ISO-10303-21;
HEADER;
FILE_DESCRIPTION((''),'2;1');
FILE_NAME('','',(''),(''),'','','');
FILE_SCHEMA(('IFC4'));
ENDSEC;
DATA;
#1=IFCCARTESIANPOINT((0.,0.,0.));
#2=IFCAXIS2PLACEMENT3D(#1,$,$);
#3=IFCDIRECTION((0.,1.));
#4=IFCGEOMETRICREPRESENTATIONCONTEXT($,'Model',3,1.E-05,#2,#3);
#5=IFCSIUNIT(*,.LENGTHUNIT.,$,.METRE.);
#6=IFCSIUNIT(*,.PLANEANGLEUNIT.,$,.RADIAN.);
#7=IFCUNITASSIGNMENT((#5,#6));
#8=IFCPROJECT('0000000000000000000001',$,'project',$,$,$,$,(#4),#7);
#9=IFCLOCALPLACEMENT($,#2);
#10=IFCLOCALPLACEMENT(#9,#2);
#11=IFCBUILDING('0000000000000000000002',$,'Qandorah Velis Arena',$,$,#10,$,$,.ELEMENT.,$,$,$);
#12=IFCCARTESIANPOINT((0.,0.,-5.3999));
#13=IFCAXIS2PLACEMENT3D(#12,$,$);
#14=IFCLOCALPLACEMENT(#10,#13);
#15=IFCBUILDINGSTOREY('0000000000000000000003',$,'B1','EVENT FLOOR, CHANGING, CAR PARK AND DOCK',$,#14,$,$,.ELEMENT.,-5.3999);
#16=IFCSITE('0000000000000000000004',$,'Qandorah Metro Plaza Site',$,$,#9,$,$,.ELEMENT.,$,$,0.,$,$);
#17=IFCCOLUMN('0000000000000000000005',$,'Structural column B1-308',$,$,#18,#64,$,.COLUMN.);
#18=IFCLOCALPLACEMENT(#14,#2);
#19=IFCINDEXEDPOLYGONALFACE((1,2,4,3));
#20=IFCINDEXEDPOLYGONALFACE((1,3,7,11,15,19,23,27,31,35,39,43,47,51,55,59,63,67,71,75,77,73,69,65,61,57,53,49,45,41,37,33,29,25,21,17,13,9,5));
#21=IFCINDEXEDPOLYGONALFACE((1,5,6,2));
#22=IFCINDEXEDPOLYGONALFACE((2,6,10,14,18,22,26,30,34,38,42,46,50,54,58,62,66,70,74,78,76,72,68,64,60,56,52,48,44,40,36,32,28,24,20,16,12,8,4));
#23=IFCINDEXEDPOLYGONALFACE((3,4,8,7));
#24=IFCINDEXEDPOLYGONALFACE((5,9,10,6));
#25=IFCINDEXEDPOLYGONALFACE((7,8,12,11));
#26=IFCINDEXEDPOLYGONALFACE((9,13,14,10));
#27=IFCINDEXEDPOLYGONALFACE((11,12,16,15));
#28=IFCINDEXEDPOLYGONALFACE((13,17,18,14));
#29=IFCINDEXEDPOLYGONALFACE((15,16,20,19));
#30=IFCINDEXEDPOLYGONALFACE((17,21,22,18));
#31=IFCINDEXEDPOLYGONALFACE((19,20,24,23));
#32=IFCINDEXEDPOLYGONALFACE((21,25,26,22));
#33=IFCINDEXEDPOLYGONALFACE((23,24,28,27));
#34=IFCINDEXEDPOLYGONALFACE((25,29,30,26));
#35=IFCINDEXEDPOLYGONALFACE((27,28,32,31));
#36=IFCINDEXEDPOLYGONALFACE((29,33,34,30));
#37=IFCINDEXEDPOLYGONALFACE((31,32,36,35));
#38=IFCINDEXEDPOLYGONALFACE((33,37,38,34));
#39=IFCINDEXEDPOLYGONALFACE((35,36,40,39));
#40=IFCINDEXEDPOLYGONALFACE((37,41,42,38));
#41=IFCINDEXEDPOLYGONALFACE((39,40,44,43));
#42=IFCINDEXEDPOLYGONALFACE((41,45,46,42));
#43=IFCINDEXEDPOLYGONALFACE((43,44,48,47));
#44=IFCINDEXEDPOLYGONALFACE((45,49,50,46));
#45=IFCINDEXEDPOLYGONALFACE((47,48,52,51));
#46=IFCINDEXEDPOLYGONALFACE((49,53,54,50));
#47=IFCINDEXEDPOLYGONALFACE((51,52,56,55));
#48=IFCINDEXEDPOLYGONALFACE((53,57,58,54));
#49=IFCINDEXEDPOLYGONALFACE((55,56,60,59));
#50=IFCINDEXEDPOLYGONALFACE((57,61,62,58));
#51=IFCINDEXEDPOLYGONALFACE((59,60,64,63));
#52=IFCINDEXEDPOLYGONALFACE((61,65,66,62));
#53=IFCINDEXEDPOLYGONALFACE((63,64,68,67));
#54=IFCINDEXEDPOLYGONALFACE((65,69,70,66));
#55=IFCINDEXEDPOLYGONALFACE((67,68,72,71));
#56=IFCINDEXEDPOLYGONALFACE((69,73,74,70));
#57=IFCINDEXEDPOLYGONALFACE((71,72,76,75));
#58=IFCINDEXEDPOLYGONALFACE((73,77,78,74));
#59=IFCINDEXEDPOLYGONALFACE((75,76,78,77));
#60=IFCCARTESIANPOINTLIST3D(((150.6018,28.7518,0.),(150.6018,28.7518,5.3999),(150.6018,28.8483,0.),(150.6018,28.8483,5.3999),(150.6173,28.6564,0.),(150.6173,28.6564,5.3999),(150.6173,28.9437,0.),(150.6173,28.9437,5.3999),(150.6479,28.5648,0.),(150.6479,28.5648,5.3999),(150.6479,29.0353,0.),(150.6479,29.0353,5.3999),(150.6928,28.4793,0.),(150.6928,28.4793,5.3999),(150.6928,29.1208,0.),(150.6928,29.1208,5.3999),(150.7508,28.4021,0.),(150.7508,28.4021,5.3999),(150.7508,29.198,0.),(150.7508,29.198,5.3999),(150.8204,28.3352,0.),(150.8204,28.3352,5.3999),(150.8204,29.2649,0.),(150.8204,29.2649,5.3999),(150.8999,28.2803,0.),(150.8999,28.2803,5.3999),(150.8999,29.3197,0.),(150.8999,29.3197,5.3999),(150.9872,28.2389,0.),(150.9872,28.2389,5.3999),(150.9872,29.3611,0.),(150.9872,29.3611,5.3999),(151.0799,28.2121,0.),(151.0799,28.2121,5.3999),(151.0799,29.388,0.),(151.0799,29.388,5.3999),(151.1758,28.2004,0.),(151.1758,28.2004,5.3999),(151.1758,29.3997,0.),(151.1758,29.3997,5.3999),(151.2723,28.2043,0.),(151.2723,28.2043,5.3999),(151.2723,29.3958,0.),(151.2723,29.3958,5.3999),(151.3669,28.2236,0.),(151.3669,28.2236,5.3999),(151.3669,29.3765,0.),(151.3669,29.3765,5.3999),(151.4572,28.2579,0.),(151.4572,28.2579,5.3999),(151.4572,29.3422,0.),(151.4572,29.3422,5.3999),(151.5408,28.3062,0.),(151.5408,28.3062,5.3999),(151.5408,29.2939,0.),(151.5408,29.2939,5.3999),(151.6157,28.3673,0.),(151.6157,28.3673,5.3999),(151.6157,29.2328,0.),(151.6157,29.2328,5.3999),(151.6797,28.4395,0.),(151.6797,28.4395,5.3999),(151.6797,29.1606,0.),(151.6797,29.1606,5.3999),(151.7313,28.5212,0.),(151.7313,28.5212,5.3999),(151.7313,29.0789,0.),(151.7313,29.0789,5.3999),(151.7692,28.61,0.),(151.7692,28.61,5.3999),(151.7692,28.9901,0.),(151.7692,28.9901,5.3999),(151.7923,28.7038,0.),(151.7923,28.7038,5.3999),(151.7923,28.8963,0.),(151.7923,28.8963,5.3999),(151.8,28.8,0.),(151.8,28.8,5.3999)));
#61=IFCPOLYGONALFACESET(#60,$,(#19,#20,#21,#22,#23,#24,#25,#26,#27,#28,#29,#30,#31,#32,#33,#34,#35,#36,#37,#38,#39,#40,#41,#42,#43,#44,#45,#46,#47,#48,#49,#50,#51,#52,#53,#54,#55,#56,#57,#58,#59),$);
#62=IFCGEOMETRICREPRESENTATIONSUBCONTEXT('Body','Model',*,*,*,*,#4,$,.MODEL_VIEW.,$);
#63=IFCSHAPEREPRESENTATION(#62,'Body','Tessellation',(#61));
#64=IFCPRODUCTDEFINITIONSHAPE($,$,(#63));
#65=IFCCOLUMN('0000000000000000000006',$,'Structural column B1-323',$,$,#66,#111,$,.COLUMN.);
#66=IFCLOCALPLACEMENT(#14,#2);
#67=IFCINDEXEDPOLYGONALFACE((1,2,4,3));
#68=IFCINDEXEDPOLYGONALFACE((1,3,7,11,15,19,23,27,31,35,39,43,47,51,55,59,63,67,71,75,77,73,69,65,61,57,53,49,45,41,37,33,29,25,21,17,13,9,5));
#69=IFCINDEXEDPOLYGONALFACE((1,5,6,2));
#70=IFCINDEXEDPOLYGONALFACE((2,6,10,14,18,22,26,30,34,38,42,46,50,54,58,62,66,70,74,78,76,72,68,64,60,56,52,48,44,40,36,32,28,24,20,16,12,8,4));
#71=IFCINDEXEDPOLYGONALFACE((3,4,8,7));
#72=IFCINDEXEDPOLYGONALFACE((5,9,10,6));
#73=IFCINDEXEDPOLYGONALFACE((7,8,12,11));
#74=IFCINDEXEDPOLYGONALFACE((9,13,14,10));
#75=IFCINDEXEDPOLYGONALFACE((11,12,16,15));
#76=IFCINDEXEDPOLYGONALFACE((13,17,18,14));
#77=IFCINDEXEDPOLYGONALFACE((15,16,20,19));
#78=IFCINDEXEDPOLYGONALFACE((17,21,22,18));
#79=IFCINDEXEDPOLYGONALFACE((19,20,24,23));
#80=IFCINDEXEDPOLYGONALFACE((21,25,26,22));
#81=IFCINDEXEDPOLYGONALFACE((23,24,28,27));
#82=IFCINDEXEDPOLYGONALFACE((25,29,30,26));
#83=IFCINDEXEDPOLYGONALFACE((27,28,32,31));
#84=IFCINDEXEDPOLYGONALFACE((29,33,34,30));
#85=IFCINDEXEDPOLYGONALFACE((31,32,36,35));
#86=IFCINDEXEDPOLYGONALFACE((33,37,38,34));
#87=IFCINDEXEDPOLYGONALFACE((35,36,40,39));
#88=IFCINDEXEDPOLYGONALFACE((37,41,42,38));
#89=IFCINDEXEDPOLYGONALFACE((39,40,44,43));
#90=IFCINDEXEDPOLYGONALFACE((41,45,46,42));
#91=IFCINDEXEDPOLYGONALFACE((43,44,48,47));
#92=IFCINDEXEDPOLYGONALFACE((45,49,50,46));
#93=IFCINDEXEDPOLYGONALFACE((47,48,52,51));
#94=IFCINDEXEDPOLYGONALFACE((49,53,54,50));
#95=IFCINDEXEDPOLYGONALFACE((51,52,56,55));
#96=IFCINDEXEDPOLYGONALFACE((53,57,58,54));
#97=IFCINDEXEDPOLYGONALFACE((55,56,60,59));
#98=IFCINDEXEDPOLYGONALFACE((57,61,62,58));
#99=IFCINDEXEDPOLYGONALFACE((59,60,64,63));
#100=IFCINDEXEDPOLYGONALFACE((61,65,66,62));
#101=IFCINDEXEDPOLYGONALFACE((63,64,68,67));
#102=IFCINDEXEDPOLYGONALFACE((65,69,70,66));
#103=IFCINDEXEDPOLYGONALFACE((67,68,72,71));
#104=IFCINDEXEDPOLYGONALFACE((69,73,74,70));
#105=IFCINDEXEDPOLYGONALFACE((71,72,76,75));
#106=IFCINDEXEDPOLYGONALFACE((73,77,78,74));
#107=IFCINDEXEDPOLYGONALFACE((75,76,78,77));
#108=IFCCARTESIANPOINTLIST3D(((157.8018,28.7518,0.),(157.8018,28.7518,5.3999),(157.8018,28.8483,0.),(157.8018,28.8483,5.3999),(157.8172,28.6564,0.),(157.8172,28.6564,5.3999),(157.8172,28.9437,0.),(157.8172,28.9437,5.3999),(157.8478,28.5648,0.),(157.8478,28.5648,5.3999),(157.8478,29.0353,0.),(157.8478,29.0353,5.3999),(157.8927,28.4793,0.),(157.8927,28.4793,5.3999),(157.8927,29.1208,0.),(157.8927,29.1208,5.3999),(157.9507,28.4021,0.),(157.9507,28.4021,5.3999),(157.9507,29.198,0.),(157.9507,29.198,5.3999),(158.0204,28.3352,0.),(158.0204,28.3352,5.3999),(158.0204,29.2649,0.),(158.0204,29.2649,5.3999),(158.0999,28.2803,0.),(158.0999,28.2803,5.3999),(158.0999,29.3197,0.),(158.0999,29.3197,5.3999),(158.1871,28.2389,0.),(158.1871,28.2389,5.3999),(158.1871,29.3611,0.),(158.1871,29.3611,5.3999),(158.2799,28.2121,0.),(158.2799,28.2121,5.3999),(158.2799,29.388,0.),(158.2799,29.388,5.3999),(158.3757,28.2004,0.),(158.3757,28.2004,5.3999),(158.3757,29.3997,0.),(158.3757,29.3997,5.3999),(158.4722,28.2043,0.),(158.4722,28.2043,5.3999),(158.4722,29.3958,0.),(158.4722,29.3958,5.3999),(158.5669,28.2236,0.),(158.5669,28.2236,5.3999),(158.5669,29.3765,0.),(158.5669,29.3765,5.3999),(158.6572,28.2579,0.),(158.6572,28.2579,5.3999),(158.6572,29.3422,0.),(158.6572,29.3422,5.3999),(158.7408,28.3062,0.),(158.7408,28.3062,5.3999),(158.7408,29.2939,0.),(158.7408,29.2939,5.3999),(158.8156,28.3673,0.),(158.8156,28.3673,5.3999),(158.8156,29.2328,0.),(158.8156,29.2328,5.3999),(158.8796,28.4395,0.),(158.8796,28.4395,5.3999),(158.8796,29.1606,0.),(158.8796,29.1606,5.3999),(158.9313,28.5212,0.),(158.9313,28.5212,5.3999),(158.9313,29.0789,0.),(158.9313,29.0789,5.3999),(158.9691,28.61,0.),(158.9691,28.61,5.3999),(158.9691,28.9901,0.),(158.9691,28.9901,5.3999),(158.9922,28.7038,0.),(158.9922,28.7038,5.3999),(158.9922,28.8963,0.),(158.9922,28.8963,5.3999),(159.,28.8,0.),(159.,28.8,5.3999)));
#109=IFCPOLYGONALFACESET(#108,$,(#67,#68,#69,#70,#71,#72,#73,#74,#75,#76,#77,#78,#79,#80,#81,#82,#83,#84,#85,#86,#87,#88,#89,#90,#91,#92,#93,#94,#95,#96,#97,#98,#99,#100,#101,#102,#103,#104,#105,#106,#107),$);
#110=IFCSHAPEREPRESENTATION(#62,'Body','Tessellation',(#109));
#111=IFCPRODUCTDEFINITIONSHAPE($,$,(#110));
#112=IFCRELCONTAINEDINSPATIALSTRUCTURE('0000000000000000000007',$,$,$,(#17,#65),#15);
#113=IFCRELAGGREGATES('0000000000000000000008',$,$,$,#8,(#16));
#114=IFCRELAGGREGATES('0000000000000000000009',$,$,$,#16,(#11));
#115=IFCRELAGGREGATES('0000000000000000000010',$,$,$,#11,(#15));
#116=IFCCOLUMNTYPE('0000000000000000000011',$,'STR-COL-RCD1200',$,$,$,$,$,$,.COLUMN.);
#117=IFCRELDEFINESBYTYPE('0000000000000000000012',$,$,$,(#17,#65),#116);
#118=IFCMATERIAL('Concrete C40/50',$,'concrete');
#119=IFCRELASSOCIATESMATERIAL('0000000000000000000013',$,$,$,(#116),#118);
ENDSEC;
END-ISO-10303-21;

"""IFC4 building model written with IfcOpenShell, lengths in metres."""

from ifc_helpers import new_model, si_unit, direction, frame, origin, origin_2d, place, context, subcontext, project, spatial, circle, extrude, material, material_profile, profile_set, type_object, element, save


model = new_model("IFC4")

# Units and contexts
model_context = context("Model", 3, precision=1e-05, world=origin(), true_north=direction((0.0, 1.0)))
body_context = subcontext(model_context, "Body", "Model", "MODEL_VIEW")
ifc_project = project(units=[si_unit("LENGTHUNIT", "METRE"), si_unit("PLANEANGLEUNIT", "RADIAN")], contexts=[model_context])

# Site, building, storey
site_placement = place(None, origin())
site = spatial("IfcSite", under=ifc_project, at=site_placement, Name="Qandorah Metro Plaza Site", CompositionType="ELEMENT", RefElevation=0.0)
building_placement = place(site_placement, origin())
building = spatial("IfcBuilding", under=site, at=building_placement, Name="Qandorah Velis Arena", CompositionType="ELEMENT")
storey_placement = place(building_placement, frame((0.0, 0.0, -5.3999)))
storey = spatial("IfcBuildingStorey", under=building, at=storey_placement, Name="B1", Description="EVENT FLOOR, CHANGING, CAR PARK AND DOCK", CompositionType="ELEMENT", Elevation=-5.3999)

# Shared definitions
ifc_material = material(Name="Concrete C40/50", Category="concrete")

# Columns
ifc_material_profile_1 = material_profile(ifc_material, circle(Radius=0.6001, at=origin_2d()), Name="RC D1200")
ifc_profile_set_1 = profile_set([ifc_material_profile_1], Name="Concrete C40/50")
column_type_1 = type_object("IfcColumnType", Name="STR-COL-RCD1200", PredefinedType="COLUMN", material=ifc_profile_set_1)
for number, where, z_axis, x_axis, name in (
    (1, (151.2, 28.8, 0.0), (0.0, 0.0, 1.0), (1.0, 0.0, 0.0), "Structural column B1-308"),
    (2, (158.3999, 28.8, 0.0), (0.0, 0.0, 1.0), (1.0, 0.0, 0.0), "Structural column B1-323"),
):
    element("IfcColumn", number, at=place(storey_placement, frame(where, z_axis=z_axis, x_axis=x_axis)), inside=storey, type_object=column_type_1, Name=name, PredefinedType="COLUMN", context=body_context, shape_type="SweptSolid", body=[
        extrude(circle(Radius=0.6001, at=origin_2d()), origin(), (0.0, 0.0, 1.0), 5.3999),
    ])

save(model, "model.ifc")
